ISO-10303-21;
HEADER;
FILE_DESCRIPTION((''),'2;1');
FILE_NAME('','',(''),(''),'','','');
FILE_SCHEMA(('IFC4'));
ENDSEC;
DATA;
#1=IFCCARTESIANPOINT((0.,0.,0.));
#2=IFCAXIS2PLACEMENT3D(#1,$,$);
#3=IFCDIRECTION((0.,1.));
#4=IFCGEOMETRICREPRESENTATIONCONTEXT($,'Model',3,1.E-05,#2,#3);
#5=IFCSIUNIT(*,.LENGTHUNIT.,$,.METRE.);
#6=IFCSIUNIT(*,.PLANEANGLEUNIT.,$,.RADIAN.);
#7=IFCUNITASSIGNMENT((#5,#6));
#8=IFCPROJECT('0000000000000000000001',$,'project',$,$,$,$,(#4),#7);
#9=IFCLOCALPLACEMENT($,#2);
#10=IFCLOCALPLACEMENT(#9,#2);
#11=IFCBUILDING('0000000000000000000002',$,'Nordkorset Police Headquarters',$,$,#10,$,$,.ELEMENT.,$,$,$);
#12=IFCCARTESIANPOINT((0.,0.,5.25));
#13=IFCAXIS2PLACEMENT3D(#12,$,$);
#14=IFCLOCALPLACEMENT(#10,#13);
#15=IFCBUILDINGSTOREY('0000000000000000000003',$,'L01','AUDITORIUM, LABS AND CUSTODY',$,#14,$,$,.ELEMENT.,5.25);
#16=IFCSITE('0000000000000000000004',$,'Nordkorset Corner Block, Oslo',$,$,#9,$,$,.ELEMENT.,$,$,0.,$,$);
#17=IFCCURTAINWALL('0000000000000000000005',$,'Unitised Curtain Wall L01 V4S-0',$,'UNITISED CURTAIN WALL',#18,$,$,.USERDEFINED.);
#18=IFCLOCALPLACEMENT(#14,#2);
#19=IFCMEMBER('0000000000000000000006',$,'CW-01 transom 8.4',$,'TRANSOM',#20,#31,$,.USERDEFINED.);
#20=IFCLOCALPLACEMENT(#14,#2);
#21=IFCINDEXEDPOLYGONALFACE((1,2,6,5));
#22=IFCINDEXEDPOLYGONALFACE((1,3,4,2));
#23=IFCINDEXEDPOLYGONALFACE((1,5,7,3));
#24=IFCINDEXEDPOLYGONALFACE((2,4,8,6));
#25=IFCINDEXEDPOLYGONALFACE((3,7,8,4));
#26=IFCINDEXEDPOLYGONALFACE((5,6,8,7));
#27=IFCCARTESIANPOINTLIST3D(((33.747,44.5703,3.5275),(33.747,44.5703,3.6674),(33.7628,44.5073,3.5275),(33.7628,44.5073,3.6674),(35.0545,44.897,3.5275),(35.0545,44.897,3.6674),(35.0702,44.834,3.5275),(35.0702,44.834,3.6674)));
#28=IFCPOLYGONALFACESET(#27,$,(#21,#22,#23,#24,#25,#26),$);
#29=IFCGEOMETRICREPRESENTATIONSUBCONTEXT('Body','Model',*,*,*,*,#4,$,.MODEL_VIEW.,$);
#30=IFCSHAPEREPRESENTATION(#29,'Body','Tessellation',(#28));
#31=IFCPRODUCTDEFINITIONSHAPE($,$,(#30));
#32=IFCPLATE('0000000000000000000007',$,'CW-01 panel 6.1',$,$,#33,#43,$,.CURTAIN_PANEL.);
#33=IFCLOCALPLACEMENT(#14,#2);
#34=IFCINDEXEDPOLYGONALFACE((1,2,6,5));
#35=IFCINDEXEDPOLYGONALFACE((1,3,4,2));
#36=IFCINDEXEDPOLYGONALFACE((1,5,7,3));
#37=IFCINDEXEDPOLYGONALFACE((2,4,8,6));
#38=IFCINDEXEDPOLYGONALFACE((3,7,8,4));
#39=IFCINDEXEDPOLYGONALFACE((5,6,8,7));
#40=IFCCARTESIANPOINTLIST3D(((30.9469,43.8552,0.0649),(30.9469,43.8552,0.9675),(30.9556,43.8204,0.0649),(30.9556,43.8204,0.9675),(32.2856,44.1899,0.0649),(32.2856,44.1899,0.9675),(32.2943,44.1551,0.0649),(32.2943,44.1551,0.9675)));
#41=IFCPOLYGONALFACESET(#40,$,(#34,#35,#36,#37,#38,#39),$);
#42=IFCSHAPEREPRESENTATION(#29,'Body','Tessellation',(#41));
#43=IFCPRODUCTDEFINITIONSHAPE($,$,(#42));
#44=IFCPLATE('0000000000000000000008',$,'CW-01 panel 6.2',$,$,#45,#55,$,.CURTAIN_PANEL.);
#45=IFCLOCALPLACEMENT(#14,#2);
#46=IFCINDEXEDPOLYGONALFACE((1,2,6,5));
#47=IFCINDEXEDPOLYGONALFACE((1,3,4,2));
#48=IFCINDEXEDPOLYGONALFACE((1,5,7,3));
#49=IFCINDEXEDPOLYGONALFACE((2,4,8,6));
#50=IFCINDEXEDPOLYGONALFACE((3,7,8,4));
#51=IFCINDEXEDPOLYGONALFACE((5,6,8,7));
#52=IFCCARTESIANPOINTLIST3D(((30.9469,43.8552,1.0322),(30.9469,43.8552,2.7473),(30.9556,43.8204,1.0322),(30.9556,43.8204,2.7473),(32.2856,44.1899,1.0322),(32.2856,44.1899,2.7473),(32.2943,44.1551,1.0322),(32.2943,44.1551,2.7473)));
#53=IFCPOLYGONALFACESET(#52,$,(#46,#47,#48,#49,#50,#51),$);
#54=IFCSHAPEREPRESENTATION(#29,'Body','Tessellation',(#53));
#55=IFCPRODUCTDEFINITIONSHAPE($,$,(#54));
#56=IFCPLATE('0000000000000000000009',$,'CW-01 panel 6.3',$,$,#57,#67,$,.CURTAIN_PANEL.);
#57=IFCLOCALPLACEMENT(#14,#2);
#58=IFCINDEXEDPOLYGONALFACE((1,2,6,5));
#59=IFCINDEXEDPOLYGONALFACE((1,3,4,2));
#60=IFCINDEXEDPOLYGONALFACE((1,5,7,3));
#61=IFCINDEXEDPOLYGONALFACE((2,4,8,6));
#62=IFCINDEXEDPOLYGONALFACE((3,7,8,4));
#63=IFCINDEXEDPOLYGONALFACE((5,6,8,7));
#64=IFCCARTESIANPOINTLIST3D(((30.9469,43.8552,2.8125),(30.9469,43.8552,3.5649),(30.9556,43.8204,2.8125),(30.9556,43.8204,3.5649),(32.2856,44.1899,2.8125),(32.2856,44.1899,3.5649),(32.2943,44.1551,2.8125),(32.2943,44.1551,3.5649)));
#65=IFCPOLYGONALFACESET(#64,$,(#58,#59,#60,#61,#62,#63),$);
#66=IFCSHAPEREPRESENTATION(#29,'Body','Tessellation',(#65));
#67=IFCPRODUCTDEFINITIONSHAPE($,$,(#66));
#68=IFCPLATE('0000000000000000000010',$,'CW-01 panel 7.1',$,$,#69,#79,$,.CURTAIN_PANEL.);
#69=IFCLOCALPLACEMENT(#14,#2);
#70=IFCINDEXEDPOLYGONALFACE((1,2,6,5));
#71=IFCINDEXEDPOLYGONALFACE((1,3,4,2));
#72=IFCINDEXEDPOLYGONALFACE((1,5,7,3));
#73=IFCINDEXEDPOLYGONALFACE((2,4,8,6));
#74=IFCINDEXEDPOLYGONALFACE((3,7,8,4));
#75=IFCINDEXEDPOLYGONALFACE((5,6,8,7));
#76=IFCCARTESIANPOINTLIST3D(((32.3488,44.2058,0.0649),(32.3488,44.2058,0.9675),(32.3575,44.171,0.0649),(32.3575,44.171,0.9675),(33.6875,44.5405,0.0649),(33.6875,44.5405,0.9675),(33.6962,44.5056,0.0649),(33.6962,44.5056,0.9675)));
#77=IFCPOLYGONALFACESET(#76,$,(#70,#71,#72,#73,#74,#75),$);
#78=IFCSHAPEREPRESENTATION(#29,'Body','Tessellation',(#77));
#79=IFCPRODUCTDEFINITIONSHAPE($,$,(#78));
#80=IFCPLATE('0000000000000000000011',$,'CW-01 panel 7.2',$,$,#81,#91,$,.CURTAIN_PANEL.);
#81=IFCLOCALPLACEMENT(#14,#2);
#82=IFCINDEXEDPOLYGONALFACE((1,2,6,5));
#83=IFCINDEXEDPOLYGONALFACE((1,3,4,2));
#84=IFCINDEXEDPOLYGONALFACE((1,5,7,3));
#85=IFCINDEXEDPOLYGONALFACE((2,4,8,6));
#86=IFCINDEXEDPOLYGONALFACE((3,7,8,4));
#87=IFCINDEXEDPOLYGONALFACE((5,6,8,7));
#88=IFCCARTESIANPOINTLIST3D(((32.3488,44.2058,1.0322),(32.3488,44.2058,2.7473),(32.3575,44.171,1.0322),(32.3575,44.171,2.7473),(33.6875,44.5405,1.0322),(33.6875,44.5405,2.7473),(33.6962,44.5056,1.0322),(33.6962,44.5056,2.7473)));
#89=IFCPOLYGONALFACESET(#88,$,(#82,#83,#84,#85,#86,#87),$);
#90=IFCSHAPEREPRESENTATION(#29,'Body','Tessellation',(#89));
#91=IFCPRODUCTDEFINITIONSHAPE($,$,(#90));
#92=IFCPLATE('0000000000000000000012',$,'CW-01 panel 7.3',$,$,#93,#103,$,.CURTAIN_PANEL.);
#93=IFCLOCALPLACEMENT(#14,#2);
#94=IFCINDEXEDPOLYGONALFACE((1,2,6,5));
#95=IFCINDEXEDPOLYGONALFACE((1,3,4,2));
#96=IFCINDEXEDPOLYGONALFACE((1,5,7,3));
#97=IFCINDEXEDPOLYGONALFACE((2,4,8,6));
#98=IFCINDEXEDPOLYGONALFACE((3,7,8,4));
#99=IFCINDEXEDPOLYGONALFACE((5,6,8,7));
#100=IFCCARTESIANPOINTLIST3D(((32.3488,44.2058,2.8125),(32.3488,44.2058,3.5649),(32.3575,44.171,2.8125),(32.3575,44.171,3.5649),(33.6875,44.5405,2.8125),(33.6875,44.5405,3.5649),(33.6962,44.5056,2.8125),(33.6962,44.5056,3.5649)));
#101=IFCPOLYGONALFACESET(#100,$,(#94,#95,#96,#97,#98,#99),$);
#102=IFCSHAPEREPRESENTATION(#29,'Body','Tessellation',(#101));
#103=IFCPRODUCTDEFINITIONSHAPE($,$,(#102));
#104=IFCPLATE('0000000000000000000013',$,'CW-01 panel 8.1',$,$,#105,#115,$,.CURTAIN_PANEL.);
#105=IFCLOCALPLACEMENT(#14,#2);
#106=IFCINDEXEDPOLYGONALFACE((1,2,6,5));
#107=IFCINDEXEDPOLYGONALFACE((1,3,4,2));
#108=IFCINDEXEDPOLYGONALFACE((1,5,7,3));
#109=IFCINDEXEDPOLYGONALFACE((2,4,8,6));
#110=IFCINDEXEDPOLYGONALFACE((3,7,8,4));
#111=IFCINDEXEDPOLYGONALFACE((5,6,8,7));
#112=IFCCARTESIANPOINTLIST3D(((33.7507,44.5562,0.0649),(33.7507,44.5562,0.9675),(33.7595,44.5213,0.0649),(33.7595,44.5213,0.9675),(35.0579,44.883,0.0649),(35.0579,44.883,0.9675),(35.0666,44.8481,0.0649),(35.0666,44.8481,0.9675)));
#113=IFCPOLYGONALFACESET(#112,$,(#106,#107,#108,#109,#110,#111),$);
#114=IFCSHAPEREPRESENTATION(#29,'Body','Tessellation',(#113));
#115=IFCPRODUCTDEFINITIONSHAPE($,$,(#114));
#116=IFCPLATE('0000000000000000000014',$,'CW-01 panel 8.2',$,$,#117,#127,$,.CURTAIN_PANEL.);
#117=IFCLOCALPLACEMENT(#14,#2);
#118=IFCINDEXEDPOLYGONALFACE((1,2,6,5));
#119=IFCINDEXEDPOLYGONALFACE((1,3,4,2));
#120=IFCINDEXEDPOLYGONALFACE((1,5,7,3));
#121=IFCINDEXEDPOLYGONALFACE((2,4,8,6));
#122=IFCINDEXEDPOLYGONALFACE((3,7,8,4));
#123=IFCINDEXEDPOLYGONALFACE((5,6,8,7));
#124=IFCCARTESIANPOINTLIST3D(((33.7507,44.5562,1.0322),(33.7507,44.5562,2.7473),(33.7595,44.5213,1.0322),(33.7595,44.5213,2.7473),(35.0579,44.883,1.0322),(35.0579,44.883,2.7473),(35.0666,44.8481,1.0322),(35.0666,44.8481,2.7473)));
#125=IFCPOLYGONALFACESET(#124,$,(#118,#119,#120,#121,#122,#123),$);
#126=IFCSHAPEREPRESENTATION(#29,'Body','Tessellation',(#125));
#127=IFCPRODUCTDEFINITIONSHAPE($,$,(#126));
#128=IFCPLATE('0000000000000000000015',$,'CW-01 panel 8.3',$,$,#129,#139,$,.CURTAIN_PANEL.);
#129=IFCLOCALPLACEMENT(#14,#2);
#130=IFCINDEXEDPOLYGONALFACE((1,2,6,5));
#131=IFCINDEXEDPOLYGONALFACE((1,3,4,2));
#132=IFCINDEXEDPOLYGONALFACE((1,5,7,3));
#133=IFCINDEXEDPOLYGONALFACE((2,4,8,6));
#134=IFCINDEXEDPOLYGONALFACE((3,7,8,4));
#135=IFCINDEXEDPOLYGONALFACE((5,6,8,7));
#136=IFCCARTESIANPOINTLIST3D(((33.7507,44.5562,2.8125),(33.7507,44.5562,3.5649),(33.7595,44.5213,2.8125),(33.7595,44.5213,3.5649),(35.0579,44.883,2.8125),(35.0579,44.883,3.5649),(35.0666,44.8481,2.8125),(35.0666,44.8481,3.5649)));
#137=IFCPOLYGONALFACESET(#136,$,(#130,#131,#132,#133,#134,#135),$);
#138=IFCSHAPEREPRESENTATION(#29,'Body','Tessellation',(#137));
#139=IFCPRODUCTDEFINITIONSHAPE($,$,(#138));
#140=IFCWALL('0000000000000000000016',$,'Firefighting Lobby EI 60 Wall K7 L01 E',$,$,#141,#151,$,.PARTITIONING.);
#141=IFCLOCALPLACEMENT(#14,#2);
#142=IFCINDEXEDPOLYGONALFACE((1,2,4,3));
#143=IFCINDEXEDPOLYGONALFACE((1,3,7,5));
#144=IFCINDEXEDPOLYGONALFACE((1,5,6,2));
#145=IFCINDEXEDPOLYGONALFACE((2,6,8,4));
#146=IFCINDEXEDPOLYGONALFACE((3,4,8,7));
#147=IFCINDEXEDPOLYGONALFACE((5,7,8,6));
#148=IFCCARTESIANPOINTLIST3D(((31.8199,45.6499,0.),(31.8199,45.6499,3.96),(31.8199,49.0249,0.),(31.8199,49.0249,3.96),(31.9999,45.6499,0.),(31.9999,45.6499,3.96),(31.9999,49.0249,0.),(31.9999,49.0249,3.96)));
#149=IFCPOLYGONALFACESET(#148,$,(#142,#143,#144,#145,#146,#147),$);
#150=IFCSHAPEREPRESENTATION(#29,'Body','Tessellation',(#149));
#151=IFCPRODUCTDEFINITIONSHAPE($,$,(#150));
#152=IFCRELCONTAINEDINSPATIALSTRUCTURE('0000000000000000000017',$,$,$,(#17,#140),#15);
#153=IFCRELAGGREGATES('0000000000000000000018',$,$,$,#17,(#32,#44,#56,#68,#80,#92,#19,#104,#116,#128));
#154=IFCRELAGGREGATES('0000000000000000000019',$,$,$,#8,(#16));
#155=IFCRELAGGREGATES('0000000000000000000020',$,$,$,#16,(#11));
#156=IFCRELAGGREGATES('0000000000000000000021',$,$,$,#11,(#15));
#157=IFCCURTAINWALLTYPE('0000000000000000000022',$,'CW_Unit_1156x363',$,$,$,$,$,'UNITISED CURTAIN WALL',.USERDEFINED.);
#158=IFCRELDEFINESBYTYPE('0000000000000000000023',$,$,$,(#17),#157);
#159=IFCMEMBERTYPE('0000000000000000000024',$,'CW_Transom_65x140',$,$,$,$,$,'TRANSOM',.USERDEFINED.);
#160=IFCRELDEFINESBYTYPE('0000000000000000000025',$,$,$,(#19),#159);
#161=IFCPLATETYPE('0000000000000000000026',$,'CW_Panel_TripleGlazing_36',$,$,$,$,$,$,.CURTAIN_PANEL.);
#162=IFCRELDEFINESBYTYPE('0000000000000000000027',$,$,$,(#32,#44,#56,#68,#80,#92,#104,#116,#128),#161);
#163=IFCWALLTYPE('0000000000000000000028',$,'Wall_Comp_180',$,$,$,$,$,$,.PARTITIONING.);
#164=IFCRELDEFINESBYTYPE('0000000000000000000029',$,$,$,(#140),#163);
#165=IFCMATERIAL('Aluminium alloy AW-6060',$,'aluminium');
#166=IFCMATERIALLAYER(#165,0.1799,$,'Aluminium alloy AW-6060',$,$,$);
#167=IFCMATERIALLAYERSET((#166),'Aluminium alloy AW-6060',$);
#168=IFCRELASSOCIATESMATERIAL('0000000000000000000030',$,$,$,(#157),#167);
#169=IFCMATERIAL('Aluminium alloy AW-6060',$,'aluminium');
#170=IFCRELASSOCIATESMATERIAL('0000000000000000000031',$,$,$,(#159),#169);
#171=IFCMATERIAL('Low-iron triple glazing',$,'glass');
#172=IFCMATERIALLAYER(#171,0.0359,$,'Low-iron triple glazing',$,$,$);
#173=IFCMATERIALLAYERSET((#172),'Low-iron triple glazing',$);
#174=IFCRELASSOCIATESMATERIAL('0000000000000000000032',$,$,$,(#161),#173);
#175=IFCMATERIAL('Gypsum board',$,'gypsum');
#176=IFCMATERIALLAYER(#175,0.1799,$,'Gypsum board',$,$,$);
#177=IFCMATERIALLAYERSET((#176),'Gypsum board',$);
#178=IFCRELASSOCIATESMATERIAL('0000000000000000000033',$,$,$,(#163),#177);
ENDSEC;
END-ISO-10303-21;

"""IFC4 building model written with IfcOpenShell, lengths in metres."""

from ifc_helpers import new_model, si_unit, direction, frame, frame_2d, origin, origin_2d, place, context, subcontext, project, spatial, rectangle, extrude, material, layer, layer_set, material_profile, profile_set, type_object, element, aggregate, save


model = new_model("IFC4")

# Units and contexts
model_context = context("Model", 3, precision=1e-05, world=origin(), true_north=direction((0.0, 1.0)))
body_context = subcontext(model_context, "Body", "Model", "MODEL_VIEW")
ifc_project = project(units=[si_unit("LENGTHUNIT", "METRE"), si_unit("PLANEANGLEUNIT", "RADIAN")], contexts=[model_context])

# Site, building, storey
site_placement = place(None, origin())
site = spatial("IfcSite", under=ifc_project, at=site_placement, Name="Nordkorset Corner Block, Oslo", CompositionType="ELEMENT", RefElevation=0.0)
building_placement = place(site_placement, origin())
building = spatial("IfcBuilding", under=site, at=building_placement, Name="Nordkorset Police Headquarters", CompositionType="ELEMENT")
storey_placement = place(building_placement, frame((0.0, 0.0, 5.25)))
storey = spatial("IfcBuildingStorey", under=building, at=storey_placement, Name="L01", Description="AUDITORIUM, LABS AND CUSTODY", CompositionType="ELEMENT", Elevation=5.25)

# Curtain wall, member, plates
ifc_material_1 = material(Name="Aluminium alloy AW-6060", Category="aluminium")
ifc_layer_1 = layer(ifc_material_1, 0.1799, Name="Aluminium alloy AW-6060")
ifc_layer_set_1 = layer_set([ifc_layer_1], Name="Aluminium alloy AW-6060")
curtain_wall_type = type_object("IfcCurtainWallType", Name="CW_Unit_1156x363", ElementType="UNITISED CURTAIN WALL", PredefinedType="USERDEFINED", material=ifc_layer_set_1)
curtain_wall_placement = place(storey_placement, origin())
curtain_wall = element("IfcCurtainWall", 1, at=curtain_wall_placement, inside=storey, type_object=curtain_wall_type, Name="Unitised Curtain Wall L01 V4S-0", ObjectType="UNITISED CURTAIN WALL", PredefinedType="USERDEFINED")
ifc_material_2 = material(Name="Aluminium alloy AW-6060", Category="aluminium")
ifc_material_profile_1 = material_profile(ifc_material_2, rectangle(XDim=0.0649, YDim=0.1399, at=origin_2d()), Name="ALU TRAN 65x140")
ifc_profile_set_1 = profile_set([ifc_material_profile_1], Name="Aluminium alloy AW-6060")
member_type_1 = type_object("IfcMemberType", Name="CW_Transom_65x140", ElementType="TRANSOM", PredefinedType="USERDEFINED", material=ifc_profile_set_1)
member_1_placement = place(storey_placement, frame((33.7549, 44.5388, 3.5974), z_axis=(0.970174, 0.242408, 0.0), x_axis=(-0.242408, 0.970174, 0.0)))
member_1 = element("IfcMember", 2, at=member_1_placement, type_object=member_type_1, Name="CW-01 transom 8.4", ObjectType="TRANSOM", PredefinedType="USERDEFINED", context=body_context, shape_type="SweptSolid", body=[
    extrude(rectangle(XDim=0.0649, YDim=0.1399, at=origin_2d()), origin(), (0.0, 0.0, 1.0), 1.3477),
])
ifc_material_3 = material(Name="Low-iron triple glazing", Category="glass")
ifc_layer_2 = layer(ifc_material_3, 0.0359, Name="Low-iron triple glazing")
ifc_layer_set_2 = layer_set([ifc_layer_2], Name="Low-iron triple glazing")
plate_type = type_object("IfcPlateType", Name="CW_Panel_TripleGlazing_36", PredefinedType="CURTAIN_PANEL", material=ifc_layer_set_2)
plate_1_placement = place(storey_placement, frame((31.6206, 44.0051, 0.0649), z_axis=(0.0, 0.0, 1.0), x_axis=(0.970143, 0.242536, 0.0)))
plate_1 = element("IfcPlate", 3, at=plate_1_placement, type_object=plate_type, Name="CW-01 panel 6.1", PredefinedType="CURTAIN_PANEL", context=body_context, shape_type="SweptSolid", body=[
    extrude(rectangle(XDim=1.3799, YDim=0.0359, at=origin_2d()), origin(), (0.0, 0.0, 1.0), 0.9026),
])
plate_2_placement = place(storey_placement, frame((31.6206, 44.0051, 1.0322), z_axis=(0.0, 0.0, 1.0), x_axis=(0.970143, 0.242536, 0.0)))
plate_2 = element("IfcPlate", 4, at=plate_2_placement, type_object=plate_type, Name="CW-01 panel 6.2", PredefinedType="CURTAIN_PANEL", context=body_context, shape_type="SweptSolid", body=[
    extrude(rectangle(XDim=1.3799, YDim=0.0359, at=origin_2d()), origin(), (0.0, 0.0, 1.0), 1.7151),
])
plate_3_placement = place(storey_placement, frame((31.6206, 44.0051, 2.8125), z_axis=(0.0, 0.0, 1.0), x_axis=(0.970143, 0.242536, 0.0)))
plate_3 = element("IfcPlate", 5, at=plate_3_placement, type_object=plate_type, Name="CW-01 panel 6.3", PredefinedType="CURTAIN_PANEL", context=body_context, shape_type="SweptSolid", body=[
    extrude(rectangle(XDim=1.3799, YDim=0.0359, at=origin_2d()), origin(), (0.0, 0.0, 1.0), 0.7524),
])
plate_4_placement = place(storey_placement, frame((33.0225, 44.3557, 0.0649), z_axis=(0.0, 0.0, 1.0), x_axis=(0.970143, 0.242536, 0.0)))
plate_4 = element("IfcPlate", 6, at=plate_4_placement, type_object=plate_type, Name="CW-01 panel 7.1", PredefinedType="CURTAIN_PANEL", context=body_context, shape_type="SweptSolid", body=[
    extrude(rectangle(XDim=1.3799, YDim=0.0359, at=origin_2d()), origin(), (0.0, 0.0, 1.0), 0.9026),
])
plate_5_placement = place(storey_placement, frame((33.0225, 44.3557, 1.0322), z_axis=(0.0, 0.0, 1.0), x_axis=(0.970143, 0.242536, 0.0)))
plate_5 = element("IfcPlate", 7, at=plate_5_placement, type_object=plate_type, Name="CW-01 panel 7.2", PredefinedType="CURTAIN_PANEL", context=body_context, shape_type="SweptSolid", body=[
    extrude(rectangle(XDim=1.3799, YDim=0.0359, at=origin_2d()), origin(), (0.0, 0.0, 1.0), 1.7151),
])
plate_6_placement = place(storey_placement, frame((33.0225, 44.3557, 2.8125), z_axis=(0.0, 0.0, 1.0), x_axis=(0.970143, 0.242536, 0.0)))
plate_6 = element("IfcPlate", 8, at=plate_6_placement, type_object=plate_type, Name="CW-01 panel 7.3", PredefinedType="CURTAIN_PANEL", context=body_context, shape_type="SweptSolid", body=[
    extrude(rectangle(XDim=1.3799, YDim=0.0359, at=origin_2d()), origin(), (0.0, 0.0, 1.0), 0.7524),
])
plate_7_placement = place(storey_placement, frame((34.4087, 44.7021, 0.0649), z_axis=(0.0, 0.0, 1.0), x_axis=(0.970143, 0.242536, 0.0)))
plate_7 = element("IfcPlate", 9, at=plate_7_placement, type_object=plate_type, Name="CW-01 panel 8.1", PredefinedType="CURTAIN_PANEL", context=body_context, shape_type="SweptSolid", body=[
    extrude(rectangle(XDim=1.3474, YDim=0.0359, at=origin_2d()), origin(), (0.0, 0.0, 1.0), 0.9026),
])
plate_8_placement = place(storey_placement, frame((34.4087, 44.7021, 1.0322), z_axis=(0.0, 0.0, 1.0), x_axis=(0.970143, 0.242536, 0.0)))
plate_8 = element("IfcPlate", 10, at=plate_8_placement, type_object=plate_type, Name="CW-01 panel 8.2", PredefinedType="CURTAIN_PANEL", context=body_context, shape_type="SweptSolid", body=[
    extrude(rectangle(XDim=1.3474, YDim=0.0359, at=origin_2d()), origin(), (0.0, 0.0, 1.0), 1.7151),
])
plate_9_placement = place(storey_placement, frame((34.4087, 44.7021, 2.8125), z_axis=(0.0, 0.0, 1.0), x_axis=(0.970143, 0.242536, 0.0)))
plate_9 = element("IfcPlate", 11, at=plate_9_placement, type_object=plate_type, Name="CW-01 panel 8.3", PredefinedType="CURTAIN_PANEL", context=body_context, shape_type="SweptSolid", body=[
    extrude(rectangle(XDim=1.3474, YDim=0.0359, at=origin_2d()), origin(), (0.0, 0.0, 1.0), 0.7524),
])
aggregate(curtain_wall, [plate_1, plate_2, plate_3, plate_4, plate_5, plate_6, member_1, plate_7, plate_8, plate_9])

# Wall
ifc_material_4 = material(Name="Gypsum board", Category="gypsum")
ifc_layer_3 = layer(ifc_material_4, 0.1799, Name="Gypsum board")
ifc_layer_set_3 = layer_set([ifc_layer_3], Name="Gypsum board")
wall_type = type_object("IfcWallType", Name="Wall_Comp_180", PredefinedType="PARTITIONING", material=ifc_layer_set_3)
wall_placement = place(storey_placement, frame((31.9099, 45.6499, 0.0), z_axis=(0.0, 0.0, 1.0), x_axis=(0.0, 1.0, 0.0)))
element("IfcWall", 12, at=wall_placement, inside=storey, type_object=wall_type, Name="Firefighting Lobby EI 60 Wall K7 L01 E", PredefinedType="PARTITIONING", context=body_context, shape_type="SweptSolid", body=[
    extrude(rectangle(XDim=3.375, YDim=0.1799, at=frame_2d((1.6875, 0.0))), origin(), (0.0, 0.0, 1.0), 3.96),
])

save(model, "model.ifc")
